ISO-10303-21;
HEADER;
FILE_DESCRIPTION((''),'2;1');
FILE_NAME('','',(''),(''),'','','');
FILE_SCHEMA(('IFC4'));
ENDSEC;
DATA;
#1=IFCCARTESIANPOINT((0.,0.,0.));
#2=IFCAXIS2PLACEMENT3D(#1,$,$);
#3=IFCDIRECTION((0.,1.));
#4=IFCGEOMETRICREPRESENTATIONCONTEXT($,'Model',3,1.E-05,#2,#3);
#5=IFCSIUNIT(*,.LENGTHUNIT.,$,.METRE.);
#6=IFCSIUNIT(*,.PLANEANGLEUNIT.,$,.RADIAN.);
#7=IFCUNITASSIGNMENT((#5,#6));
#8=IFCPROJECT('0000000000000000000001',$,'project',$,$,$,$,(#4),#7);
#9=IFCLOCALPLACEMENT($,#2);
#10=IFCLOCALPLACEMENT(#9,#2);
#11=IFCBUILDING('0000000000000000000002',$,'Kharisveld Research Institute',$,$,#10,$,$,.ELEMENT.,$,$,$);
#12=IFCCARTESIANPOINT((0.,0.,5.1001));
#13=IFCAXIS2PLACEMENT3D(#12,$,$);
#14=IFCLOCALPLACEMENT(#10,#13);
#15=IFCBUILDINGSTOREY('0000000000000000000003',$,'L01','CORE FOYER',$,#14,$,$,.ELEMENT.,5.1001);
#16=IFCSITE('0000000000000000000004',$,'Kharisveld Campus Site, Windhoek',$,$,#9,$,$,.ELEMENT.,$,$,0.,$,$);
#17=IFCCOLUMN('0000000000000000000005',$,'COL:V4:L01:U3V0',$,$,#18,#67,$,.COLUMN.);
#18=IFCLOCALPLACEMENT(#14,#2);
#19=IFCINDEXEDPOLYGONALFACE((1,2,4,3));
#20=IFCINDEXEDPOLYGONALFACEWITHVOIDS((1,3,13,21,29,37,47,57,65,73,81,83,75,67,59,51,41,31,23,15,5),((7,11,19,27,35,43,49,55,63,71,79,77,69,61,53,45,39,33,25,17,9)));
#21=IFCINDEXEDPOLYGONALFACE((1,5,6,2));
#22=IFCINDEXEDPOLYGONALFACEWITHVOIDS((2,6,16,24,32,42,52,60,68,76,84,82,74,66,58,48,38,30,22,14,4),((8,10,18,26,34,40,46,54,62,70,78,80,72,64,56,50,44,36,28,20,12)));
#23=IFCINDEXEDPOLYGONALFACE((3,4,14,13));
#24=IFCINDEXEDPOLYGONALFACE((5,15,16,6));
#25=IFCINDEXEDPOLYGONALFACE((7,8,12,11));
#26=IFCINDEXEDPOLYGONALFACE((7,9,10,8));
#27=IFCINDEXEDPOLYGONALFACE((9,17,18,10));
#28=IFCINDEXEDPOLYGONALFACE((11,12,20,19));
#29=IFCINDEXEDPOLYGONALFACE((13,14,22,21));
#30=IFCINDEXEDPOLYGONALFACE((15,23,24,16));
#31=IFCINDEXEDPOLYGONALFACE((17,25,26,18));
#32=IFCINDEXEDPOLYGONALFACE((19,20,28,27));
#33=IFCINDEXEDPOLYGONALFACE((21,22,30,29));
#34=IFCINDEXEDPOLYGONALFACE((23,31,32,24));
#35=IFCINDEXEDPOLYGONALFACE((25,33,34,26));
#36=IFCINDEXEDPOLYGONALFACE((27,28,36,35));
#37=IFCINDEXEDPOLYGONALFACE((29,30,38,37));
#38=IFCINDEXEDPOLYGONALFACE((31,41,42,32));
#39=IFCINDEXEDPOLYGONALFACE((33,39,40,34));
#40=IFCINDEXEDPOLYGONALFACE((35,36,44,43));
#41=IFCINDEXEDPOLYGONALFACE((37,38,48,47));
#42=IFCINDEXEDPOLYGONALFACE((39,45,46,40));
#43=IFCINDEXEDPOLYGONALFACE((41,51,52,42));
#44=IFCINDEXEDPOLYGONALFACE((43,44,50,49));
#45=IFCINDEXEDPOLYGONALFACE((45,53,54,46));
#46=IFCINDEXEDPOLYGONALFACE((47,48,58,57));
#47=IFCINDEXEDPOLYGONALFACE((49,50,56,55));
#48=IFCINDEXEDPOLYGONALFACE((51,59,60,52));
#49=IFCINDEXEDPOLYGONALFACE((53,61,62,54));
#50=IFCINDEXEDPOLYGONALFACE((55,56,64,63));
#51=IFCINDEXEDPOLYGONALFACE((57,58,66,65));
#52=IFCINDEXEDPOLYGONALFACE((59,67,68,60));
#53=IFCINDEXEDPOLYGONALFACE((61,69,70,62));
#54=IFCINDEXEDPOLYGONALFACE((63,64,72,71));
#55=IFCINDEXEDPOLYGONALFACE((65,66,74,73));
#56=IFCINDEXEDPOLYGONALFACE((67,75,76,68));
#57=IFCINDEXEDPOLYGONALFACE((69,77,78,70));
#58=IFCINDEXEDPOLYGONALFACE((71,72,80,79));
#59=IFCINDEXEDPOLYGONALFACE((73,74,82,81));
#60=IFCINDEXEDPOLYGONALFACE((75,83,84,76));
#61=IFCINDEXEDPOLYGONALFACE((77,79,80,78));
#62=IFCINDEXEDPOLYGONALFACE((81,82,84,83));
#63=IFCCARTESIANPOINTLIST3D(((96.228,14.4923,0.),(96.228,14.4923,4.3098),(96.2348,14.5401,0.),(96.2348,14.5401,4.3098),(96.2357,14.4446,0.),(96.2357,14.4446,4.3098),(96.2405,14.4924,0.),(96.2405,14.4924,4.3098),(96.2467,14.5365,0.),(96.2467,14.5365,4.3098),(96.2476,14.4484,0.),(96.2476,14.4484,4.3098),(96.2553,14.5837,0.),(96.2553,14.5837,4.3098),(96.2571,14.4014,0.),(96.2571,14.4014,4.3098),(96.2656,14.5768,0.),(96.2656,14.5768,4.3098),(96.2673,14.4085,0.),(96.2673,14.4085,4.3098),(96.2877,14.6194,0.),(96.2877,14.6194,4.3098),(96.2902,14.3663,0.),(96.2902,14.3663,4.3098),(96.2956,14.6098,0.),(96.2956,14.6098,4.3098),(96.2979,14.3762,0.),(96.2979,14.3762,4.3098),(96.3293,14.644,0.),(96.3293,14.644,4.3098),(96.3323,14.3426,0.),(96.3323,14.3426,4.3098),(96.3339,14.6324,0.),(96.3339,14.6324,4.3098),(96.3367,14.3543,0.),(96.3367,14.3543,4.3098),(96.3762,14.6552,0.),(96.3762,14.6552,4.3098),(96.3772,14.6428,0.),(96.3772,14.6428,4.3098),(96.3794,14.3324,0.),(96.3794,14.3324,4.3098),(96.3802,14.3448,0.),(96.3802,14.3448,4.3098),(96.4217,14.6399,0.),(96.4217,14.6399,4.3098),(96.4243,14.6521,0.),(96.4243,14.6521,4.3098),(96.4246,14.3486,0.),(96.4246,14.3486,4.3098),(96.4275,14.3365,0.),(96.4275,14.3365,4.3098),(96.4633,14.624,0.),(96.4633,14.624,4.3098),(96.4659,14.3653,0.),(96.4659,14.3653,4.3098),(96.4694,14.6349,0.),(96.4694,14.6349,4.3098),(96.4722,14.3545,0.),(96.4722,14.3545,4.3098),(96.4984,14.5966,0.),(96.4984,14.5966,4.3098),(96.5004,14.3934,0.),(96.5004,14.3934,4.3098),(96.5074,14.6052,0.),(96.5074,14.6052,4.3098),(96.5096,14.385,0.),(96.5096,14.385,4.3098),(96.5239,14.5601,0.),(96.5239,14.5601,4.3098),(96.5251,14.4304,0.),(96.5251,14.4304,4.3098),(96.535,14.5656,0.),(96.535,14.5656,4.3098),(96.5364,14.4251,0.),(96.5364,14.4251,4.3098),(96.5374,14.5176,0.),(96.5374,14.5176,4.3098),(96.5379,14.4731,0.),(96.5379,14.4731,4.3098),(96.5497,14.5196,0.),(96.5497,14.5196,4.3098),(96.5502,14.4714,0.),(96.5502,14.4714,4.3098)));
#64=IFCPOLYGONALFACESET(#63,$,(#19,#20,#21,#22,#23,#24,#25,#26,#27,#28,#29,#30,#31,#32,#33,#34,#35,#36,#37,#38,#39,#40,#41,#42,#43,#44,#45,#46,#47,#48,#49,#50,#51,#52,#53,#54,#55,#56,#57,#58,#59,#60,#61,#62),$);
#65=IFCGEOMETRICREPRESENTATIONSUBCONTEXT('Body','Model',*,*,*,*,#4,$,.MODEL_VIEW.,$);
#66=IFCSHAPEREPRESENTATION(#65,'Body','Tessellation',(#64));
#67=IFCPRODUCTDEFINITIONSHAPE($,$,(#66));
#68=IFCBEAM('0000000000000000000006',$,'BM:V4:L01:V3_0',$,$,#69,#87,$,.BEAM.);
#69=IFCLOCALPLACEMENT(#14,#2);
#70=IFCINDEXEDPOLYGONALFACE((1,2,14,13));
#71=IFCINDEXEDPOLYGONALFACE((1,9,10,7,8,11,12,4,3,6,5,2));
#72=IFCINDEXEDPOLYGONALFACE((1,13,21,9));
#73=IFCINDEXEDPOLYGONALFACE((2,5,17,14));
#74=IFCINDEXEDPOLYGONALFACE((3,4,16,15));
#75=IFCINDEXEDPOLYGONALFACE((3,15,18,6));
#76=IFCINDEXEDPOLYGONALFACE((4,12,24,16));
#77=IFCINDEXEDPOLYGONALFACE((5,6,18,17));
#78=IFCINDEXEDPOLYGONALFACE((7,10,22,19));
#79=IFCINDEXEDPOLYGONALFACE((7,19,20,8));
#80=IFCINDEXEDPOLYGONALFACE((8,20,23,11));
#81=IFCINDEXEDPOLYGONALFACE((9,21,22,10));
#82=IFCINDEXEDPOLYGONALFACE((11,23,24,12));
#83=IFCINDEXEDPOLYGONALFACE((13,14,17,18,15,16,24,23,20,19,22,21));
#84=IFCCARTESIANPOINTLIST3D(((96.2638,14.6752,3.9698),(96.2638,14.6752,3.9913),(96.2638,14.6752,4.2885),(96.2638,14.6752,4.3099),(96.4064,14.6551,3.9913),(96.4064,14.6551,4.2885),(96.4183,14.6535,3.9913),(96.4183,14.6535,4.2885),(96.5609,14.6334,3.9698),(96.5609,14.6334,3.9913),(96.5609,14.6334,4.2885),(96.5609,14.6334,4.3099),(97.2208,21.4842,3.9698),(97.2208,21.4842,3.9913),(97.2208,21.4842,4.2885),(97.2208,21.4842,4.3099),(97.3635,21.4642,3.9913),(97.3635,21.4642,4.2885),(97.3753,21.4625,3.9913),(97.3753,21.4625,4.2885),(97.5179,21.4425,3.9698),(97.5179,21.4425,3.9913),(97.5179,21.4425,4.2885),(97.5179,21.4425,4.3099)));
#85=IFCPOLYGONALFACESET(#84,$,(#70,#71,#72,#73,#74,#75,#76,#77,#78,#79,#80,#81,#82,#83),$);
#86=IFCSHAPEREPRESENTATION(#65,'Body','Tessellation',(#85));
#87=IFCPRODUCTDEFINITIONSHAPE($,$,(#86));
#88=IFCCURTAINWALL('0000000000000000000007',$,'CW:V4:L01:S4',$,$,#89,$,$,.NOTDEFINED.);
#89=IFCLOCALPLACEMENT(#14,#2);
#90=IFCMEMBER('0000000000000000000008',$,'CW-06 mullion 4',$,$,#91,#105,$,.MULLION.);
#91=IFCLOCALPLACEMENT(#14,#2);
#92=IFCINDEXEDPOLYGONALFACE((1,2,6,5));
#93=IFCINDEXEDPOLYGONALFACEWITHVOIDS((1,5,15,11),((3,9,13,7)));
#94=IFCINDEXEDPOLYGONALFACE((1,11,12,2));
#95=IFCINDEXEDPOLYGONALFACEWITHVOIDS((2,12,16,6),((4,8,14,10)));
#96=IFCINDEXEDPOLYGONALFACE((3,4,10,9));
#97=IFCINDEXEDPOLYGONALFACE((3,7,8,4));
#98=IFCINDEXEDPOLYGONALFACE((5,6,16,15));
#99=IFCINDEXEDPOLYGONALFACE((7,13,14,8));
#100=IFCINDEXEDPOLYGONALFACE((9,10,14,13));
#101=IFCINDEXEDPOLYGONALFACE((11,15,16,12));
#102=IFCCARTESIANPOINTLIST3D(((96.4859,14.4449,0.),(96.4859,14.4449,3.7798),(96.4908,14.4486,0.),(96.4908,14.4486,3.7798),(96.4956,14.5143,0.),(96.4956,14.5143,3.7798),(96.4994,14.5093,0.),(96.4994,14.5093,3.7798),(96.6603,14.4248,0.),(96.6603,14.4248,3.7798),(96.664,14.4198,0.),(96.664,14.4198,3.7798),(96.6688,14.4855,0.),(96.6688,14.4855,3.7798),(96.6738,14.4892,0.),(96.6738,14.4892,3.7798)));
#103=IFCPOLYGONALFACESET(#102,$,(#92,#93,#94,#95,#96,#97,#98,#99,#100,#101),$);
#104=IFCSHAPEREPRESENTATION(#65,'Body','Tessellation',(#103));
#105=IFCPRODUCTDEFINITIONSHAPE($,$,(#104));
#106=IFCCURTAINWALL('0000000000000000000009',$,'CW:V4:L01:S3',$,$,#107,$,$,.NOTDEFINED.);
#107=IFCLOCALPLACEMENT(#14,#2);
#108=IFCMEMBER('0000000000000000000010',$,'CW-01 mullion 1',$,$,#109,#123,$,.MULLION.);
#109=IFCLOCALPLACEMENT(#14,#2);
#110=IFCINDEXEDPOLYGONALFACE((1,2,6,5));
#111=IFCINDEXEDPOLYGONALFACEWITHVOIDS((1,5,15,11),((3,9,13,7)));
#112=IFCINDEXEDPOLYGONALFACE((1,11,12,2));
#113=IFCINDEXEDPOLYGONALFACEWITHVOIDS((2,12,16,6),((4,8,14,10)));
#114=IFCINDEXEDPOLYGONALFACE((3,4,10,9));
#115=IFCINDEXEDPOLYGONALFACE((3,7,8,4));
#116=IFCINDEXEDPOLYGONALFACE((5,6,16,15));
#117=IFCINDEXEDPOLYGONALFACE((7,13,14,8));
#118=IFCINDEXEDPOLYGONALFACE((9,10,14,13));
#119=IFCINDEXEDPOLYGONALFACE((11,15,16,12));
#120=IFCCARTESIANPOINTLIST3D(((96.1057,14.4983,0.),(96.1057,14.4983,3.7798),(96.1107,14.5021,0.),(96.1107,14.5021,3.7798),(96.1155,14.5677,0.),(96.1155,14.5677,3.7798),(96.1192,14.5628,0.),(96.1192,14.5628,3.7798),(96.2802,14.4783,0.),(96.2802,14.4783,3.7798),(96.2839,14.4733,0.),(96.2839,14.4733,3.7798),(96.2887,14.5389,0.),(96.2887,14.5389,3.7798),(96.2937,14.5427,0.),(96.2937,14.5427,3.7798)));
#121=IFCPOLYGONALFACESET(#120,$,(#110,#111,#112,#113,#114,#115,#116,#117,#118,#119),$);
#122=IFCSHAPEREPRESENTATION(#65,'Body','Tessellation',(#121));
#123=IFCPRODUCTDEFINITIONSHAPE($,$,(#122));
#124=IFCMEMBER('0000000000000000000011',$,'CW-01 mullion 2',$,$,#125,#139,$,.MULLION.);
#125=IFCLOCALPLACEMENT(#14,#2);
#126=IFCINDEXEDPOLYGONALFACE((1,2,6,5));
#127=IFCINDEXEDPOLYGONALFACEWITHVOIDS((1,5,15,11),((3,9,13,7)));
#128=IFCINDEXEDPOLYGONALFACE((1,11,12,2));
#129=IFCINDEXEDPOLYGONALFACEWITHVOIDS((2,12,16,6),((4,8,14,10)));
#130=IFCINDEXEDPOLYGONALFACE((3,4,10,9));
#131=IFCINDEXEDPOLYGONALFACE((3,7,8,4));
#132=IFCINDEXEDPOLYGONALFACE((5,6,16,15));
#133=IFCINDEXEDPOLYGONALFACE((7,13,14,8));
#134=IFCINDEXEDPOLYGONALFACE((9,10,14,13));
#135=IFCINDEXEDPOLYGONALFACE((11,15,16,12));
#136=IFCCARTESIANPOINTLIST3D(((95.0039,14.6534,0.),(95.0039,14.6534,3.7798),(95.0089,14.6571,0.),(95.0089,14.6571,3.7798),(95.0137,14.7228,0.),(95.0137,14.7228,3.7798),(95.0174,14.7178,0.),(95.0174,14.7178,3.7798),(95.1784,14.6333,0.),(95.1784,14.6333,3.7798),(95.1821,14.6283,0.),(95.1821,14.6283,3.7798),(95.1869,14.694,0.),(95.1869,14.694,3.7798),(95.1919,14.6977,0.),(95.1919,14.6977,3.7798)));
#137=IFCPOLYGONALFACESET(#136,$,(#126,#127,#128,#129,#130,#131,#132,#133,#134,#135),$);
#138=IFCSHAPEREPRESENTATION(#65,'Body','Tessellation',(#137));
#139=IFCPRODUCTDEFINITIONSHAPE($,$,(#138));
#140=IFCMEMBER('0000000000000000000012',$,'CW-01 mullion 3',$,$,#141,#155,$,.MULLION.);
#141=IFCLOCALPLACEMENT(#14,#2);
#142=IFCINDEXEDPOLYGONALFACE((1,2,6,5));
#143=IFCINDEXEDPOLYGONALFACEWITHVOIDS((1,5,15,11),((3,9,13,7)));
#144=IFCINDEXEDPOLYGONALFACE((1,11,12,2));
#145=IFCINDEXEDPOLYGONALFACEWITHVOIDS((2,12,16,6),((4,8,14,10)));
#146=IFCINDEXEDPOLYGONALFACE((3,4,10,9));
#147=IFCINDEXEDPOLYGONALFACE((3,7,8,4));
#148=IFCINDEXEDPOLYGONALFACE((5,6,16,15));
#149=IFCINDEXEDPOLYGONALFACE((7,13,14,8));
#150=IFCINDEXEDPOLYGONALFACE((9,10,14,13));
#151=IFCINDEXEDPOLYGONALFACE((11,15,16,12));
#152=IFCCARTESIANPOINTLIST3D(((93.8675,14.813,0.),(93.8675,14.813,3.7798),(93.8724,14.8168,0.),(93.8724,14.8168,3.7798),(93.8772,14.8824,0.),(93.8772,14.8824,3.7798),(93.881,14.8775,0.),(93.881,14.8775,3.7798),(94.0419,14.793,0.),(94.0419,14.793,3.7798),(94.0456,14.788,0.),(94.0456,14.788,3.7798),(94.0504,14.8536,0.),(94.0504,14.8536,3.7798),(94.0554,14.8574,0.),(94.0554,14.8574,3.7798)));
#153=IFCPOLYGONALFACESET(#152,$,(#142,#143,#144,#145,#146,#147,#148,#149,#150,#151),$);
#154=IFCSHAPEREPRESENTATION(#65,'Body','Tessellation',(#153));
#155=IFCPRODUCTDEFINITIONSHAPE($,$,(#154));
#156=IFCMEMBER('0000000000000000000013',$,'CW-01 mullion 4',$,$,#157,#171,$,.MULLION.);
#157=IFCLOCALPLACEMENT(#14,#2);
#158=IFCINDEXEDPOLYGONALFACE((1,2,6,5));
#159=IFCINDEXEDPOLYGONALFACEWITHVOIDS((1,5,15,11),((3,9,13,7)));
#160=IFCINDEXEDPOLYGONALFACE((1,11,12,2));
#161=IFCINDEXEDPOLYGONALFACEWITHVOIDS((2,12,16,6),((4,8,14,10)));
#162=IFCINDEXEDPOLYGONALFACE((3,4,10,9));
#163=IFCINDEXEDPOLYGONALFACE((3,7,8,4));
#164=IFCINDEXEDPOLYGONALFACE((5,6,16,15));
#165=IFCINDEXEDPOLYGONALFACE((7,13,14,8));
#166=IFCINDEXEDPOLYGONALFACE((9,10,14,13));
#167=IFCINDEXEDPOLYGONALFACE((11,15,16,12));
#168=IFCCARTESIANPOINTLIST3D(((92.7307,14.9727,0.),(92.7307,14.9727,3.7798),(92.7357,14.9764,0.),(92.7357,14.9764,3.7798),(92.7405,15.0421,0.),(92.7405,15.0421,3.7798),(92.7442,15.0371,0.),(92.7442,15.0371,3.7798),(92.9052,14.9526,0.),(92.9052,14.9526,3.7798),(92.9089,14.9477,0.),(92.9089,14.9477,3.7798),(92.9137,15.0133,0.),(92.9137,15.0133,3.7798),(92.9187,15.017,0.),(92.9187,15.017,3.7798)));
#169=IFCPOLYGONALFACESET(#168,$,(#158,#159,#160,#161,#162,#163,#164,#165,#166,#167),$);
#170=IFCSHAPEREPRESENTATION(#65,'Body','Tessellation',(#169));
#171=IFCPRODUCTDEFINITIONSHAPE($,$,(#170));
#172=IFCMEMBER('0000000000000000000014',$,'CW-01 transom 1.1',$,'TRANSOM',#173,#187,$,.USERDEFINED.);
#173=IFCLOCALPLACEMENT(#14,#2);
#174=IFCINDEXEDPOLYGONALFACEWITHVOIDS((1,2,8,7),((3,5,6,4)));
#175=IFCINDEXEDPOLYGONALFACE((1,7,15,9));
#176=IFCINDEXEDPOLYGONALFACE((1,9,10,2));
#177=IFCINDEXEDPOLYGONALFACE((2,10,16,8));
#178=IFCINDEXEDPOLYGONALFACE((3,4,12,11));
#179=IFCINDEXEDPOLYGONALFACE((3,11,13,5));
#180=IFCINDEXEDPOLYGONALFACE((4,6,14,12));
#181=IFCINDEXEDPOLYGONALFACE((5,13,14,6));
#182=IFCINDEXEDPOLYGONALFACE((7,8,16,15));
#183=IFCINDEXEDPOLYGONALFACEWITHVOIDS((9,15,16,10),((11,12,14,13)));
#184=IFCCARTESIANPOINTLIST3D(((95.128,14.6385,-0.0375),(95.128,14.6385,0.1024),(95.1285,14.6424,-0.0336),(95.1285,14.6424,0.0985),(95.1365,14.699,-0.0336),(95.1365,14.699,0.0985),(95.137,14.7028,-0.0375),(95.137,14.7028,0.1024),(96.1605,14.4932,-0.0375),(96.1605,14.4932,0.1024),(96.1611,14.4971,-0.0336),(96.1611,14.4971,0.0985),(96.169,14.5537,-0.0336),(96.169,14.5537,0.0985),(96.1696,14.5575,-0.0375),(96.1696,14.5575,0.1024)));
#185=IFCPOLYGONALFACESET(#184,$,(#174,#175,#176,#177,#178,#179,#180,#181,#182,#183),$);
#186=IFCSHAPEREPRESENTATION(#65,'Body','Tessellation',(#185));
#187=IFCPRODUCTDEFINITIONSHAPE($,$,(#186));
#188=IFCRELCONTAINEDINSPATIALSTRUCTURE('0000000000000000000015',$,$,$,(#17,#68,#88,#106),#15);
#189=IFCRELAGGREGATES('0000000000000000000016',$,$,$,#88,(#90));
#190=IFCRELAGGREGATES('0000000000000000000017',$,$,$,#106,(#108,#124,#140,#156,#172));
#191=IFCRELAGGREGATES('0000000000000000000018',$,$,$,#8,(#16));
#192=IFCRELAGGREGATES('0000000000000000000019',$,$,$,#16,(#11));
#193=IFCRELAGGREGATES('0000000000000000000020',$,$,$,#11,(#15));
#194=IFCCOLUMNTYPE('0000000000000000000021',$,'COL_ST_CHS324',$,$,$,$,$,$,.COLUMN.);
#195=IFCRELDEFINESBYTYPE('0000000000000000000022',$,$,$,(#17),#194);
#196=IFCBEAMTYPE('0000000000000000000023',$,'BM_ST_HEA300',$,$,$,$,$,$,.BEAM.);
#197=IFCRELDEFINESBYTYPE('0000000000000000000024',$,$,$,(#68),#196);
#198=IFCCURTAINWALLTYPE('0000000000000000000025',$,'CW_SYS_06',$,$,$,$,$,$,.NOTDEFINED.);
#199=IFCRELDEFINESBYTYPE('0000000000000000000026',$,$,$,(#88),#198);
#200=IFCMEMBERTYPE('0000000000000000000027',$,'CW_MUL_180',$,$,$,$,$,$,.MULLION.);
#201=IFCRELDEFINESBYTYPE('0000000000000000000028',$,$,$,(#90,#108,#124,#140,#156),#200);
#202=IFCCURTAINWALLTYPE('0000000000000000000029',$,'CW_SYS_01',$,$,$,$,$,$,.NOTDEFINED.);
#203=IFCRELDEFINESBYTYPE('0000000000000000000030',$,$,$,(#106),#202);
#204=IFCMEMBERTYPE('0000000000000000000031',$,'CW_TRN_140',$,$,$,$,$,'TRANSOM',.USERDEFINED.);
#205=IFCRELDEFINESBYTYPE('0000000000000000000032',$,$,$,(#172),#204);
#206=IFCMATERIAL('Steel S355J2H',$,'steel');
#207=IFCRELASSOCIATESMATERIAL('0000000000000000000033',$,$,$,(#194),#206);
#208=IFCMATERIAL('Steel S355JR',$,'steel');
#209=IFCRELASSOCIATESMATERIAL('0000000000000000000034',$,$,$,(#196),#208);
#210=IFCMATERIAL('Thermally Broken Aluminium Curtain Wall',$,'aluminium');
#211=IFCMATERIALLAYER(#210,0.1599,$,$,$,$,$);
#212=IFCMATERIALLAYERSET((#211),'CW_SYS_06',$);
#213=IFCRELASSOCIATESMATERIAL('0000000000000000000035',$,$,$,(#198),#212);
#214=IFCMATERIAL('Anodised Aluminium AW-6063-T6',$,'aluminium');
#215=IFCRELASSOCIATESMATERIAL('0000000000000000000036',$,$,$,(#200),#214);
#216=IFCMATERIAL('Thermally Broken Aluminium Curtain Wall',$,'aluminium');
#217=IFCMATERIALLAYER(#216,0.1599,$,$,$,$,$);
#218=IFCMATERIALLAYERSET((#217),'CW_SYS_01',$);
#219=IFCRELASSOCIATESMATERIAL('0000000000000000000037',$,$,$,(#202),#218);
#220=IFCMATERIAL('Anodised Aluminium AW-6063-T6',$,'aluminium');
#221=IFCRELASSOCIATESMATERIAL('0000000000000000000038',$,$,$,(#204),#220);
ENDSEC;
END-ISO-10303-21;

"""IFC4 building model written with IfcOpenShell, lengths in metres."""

from ifc_helpers import new_model, si_unit, direction, frame, origin, origin_2d, place, context, subcontext, project, spatial, hollow_rectangle, hollow_circle, i_section, extrude, material, layer, layer_set, material_profile, profile_set, type_object, element, aggregate, save


model = new_model("IFC4")

# Units and contexts
model_context = context("Model", 3, precision=1e-05, world=origin(), true_north=direction((0.0, 1.0)))
body_context = subcontext(model_context, "Body", "Model", "MODEL_VIEW")
ifc_project = project(units=[si_unit("LENGTHUNIT", "METRE"), si_unit("PLANEANGLEUNIT", "RADIAN")], contexts=[model_context])

# Site, building, storey
site_placement = place(None, origin())
site = spatial("IfcSite", under=ifc_project, at=site_placement, Name="Kharisveld Campus Site, Windhoek", CompositionType="ELEMENT", RefElevation=0.0)
building_placement = place(site_placement, origin())
building = spatial("IfcBuilding", under=site, at=building_placement, Name="Kharisveld Research Institute", CompositionType="ELEMENT")
storey_placement = place(building_placement, frame((0.0, 0.0, 5.1001)))
storey = spatial("IfcBuildingStorey", under=building, at=storey_placement, Name="L01", Description="CORE FOYER", CompositionType="ELEMENT", Elevation=5.1001)

# Column
ifc_material_1 = material(Name="Steel S355J2H", Category="steel")
ifc_material_profile_1 = material_profile(ifc_material_1, hollow_circle(Radius=0.1619, WallThickness=0.0125, at=origin_2d()))
ifc_profile_set_1 = profile_set([ifc_material_profile_1], Name="Steel S355J2H")
column_type = type_object("IfcColumnType", Name="COL_ST_CHS324", PredefinedType="COLUMN", material=ifc_profile_set_1)
column_placement = place(storey_placement, frame((96.3899, 14.4939, 0.0), z_axis=(0.0, 0.0, 1.0), x_axis=(0.990268, -0.139173, 0.0)))
element("IfcColumn", 1, at=column_placement, inside=storey, type_object=column_type, Name="COL:V4:L01:U3V0", PredefinedType="COLUMN", context=body_context, shape_type="SweptSolid", body=[
    extrude(hollow_circle(Radius=0.1619, WallThickness=0.0125, at=origin_2d()), origin(), (0.0, 0.0, 1.0), 4.3098),
])

# Beam
ifc_material_2 = material(Name="Steel S355JR", Category="steel")
ifc_material_profile_2 = material_profile(ifc_material_2, i_section(OverallWidth=0.3, OverallDepth=0.3401, WebThickness=0.012, FlangeThickness=0.0215, at=origin_2d()))
ifc_profile_set_2 = profile_set([ifc_material_profile_2], Name="Steel S355JR")
beam_type_1 = type_object("IfcBeamType", Name="BM_ST_HEA300", PredefinedType="BEAM", material=ifc_profile_set_2)
beam_1_placement = place(storey_placement, frame((96.4124, 14.6543, 4.1399), z_axis=(0.139184, 0.990267, 0.0), x_axis=(-0.990267, 0.139184, 0.0)))
element("IfcBeam", 2, at=beam_1_placement, inside=storey, type_object=beam_type_1, Name="BM:V4:L01:V3_0", PredefinedType="BEAM", context=body_context, shape_type="SweptSolid", body=[
    extrude(i_section(OverallWidth=0.3, OverallDepth=0.3401, WebThickness=0.012, FlangeThickness=0.0215, at=origin_2d()), origin(), (0.0, 0.0, 1.0), 6.876),
])

# Curtain wall, member
ifc_material_3 = material(Name="Thermally Broken Aluminium Curtain Wall", Category="aluminium")
ifc_layer_1 = layer(ifc_material_3, 0.1599)
ifc_layer_set_1 = layer_set([ifc_layer_1], Name="CW_SYS_06")
curtain_wall_type_1 = type_object("IfcCurtainWallType", Name="CW_SYS_06", PredefinedType="NOTDEFINED", material=ifc_layer_set_1)
curtain_wall_1_placement = place(storey_placement, origin())
curtain_wall_1 = element("IfcCurtainWall", 3, at=curtain_wall_1_placement, inside=storey, type_object=curtain_wall_type_1, Name="CW:V4:L01:S4", PredefinedType="NOTDEFINED")
ifc_material_4 = material(Name="Anodised Aluminium AW-6063-T6", Category="aluminium")
ifc_material_profile_3 = material_profile(ifc_material_4, hollow_rectangle(XDim=0.0701, YDim=0.1799, WallThickness=0.0044, at=origin_2d()))
ifc_profile_set_3 = profile_set([ifc_material_profile_3], Name="Anodised Aluminium AW-6063-T6")
member_type_1 = type_object("IfcMemberType", Name="CW_MUL_180", PredefinedType="MULLION", material=ifc_profile_set_3)
member_1_placement = place(storey_placement, frame((96.5798, 14.467, 0.0), z_axis=(0.0, 0.0, 1.0), x_axis=(-0.139173, -0.990268, 0.0)))
member_1 = element("IfcMember", 4, at=member_1_placement, type_object=member_type_1, Name="CW-06 mullion 4", PredefinedType="MULLION", context=body_context, shape_type="SweptSolid", body=[
    extrude(hollow_rectangle(XDim=0.0701, YDim=0.1799, WallThickness=0.0044, at=origin_2d()), origin(), (0.0, 0.0, 1.0), 3.7798),
])

# Curtain wall, members
ifc_material_5 = material(Name="Thermally Broken Aluminium Curtain Wall", Category="aluminium")
ifc_layer_2 = layer(ifc_material_5, 0.1599)
ifc_layer_set_2 = layer_set([ifc_layer_2], Name="CW_SYS_01")
curtain_wall_type_2 = type_object("IfcCurtainWallType", Name="CW_SYS_01", PredefinedType="NOTDEFINED", material=ifc_layer_set_2)
curtain_wall_2_placement = place(storey_placement, origin())
curtain_wall_2 = element("IfcCurtainWall", 5, at=curtain_wall_2_placement, inside=storey, type_object=curtain_wall_type_2, Name="CW:V4:L01:S3", PredefinedType="NOTDEFINED")
member_2_placement = place(storey_placement, frame((96.1997, 14.5205, 0.0), z_axis=(0.0, 0.0, 1.0), x_axis=(-0.139173, -0.990268, 0.0)))
member_2 = element("IfcMember", 6, at=member_2_placement, type_object=member_type_1, Name="CW-01 mullion 1", PredefinedType="MULLION", context=body_context, shape_type="SweptSolid", body=[
    extrude(hollow_rectangle(XDim=0.0701, YDim=0.1799, WallThickness=0.0044, at=origin_2d()), origin(), (0.0, 0.0, 1.0), 3.7798),
])
member_3_placement = place(storey_placement, frame((95.0979, 14.6755, 0.0), z_axis=(0.0, 0.0, 1.0), x_axis=(-0.139173, -0.990268, 0.0)))
member_3 = element("IfcMember", 7, at=member_3_placement, type_object=member_type_1, Name="CW-01 mullion 2", PredefinedType="MULLION", context=body_context, shape_type="SweptSolid", body=[
    extrude(hollow_rectangle(XDim=0.0701, YDim=0.1799, WallThickness=0.0044, at=origin_2d()), origin(), (0.0, 0.0, 1.0), 3.7798),
])
member_4_placement = place(storey_placement, frame((93.9614, 14.8352, 0.0), z_axis=(0.0, 0.0, 1.0), x_axis=(-0.139173, -0.990268, 0.0)))
member_4 = element("IfcMember", 8, at=member_4_placement, type_object=member_type_1, Name="CW-01 mullion 3", PredefinedType="MULLION", context=body_context, shape_type="SweptSolid", body=[
    extrude(hollow_rectangle(XDim=0.0701, YDim=0.1799, WallThickness=0.0044, at=origin_2d()), origin(), (0.0, 0.0, 1.0), 3.7798),
])
member_5_placement = place(storey_placement, frame((92.8247, 14.9949, 0.0), z_axis=(0.0, 0.0, 1.0), x_axis=(-0.139173, -0.990268, 0.0)))
member_5 = element("IfcMember", 9, at=member_5_placement, type_object=member_type_1, Name="CW-01 mullion 4", PredefinedType="MULLION", context=body_context, shape_type="SweptSolid", body=[
    extrude(hollow_rectangle(XDim=0.0701, YDim=0.1799, WallThickness=0.0044, at=origin_2d()), origin(), (0.0, 0.0, 1.0), 3.7798),
])
ifc_material_6 = material(Name="Anodised Aluminium AW-6063-T6", Category="aluminium")
ifc_material_profile_4 = material_profile(ifc_material_6, hollow_rectangle(XDim=0.0649, YDim=0.1399, WallThickness=0.0039, at=origin_2d()))
ifc_profile_set_4 = profile_set([ifc_material_profile_4], Name="Anodised Aluminium AW-6063-T6")
member_type_2 = type_object("IfcMemberType", Name="CW_TRN_140", ElementType="TRANSOM", PredefinedType="USERDEFINED", material=ifc_profile_set_4)
member_6_placement = place(storey_placement, frame((96.165, 14.5254, 0.0325), z_axis=(-0.990247, 0.139323, 0.0), x_axis=(-0.139323, -0.990247, 0.0)))
member_6 = element("IfcMember", 10, at=member_6_placement, type_object=member_type_2, Name="CW-01 transom 1.1", ObjectType="TRANSOM", PredefinedType="USERDEFINED", context=body_context, shape_type="SweptSolid", body=[
    extrude(hollow_rectangle(XDim=0.0649, YDim=0.1399, WallThickness=0.0039, at=origin_2d()), origin(), (0.0, 0.0, 1.0), 1.0427),
])

aggregate(curtain_wall_1, [member_1])
aggregate(curtain_wall_2, [member_2, member_3, member_4, member_5, member_6])

save(model, "model.ifc")
